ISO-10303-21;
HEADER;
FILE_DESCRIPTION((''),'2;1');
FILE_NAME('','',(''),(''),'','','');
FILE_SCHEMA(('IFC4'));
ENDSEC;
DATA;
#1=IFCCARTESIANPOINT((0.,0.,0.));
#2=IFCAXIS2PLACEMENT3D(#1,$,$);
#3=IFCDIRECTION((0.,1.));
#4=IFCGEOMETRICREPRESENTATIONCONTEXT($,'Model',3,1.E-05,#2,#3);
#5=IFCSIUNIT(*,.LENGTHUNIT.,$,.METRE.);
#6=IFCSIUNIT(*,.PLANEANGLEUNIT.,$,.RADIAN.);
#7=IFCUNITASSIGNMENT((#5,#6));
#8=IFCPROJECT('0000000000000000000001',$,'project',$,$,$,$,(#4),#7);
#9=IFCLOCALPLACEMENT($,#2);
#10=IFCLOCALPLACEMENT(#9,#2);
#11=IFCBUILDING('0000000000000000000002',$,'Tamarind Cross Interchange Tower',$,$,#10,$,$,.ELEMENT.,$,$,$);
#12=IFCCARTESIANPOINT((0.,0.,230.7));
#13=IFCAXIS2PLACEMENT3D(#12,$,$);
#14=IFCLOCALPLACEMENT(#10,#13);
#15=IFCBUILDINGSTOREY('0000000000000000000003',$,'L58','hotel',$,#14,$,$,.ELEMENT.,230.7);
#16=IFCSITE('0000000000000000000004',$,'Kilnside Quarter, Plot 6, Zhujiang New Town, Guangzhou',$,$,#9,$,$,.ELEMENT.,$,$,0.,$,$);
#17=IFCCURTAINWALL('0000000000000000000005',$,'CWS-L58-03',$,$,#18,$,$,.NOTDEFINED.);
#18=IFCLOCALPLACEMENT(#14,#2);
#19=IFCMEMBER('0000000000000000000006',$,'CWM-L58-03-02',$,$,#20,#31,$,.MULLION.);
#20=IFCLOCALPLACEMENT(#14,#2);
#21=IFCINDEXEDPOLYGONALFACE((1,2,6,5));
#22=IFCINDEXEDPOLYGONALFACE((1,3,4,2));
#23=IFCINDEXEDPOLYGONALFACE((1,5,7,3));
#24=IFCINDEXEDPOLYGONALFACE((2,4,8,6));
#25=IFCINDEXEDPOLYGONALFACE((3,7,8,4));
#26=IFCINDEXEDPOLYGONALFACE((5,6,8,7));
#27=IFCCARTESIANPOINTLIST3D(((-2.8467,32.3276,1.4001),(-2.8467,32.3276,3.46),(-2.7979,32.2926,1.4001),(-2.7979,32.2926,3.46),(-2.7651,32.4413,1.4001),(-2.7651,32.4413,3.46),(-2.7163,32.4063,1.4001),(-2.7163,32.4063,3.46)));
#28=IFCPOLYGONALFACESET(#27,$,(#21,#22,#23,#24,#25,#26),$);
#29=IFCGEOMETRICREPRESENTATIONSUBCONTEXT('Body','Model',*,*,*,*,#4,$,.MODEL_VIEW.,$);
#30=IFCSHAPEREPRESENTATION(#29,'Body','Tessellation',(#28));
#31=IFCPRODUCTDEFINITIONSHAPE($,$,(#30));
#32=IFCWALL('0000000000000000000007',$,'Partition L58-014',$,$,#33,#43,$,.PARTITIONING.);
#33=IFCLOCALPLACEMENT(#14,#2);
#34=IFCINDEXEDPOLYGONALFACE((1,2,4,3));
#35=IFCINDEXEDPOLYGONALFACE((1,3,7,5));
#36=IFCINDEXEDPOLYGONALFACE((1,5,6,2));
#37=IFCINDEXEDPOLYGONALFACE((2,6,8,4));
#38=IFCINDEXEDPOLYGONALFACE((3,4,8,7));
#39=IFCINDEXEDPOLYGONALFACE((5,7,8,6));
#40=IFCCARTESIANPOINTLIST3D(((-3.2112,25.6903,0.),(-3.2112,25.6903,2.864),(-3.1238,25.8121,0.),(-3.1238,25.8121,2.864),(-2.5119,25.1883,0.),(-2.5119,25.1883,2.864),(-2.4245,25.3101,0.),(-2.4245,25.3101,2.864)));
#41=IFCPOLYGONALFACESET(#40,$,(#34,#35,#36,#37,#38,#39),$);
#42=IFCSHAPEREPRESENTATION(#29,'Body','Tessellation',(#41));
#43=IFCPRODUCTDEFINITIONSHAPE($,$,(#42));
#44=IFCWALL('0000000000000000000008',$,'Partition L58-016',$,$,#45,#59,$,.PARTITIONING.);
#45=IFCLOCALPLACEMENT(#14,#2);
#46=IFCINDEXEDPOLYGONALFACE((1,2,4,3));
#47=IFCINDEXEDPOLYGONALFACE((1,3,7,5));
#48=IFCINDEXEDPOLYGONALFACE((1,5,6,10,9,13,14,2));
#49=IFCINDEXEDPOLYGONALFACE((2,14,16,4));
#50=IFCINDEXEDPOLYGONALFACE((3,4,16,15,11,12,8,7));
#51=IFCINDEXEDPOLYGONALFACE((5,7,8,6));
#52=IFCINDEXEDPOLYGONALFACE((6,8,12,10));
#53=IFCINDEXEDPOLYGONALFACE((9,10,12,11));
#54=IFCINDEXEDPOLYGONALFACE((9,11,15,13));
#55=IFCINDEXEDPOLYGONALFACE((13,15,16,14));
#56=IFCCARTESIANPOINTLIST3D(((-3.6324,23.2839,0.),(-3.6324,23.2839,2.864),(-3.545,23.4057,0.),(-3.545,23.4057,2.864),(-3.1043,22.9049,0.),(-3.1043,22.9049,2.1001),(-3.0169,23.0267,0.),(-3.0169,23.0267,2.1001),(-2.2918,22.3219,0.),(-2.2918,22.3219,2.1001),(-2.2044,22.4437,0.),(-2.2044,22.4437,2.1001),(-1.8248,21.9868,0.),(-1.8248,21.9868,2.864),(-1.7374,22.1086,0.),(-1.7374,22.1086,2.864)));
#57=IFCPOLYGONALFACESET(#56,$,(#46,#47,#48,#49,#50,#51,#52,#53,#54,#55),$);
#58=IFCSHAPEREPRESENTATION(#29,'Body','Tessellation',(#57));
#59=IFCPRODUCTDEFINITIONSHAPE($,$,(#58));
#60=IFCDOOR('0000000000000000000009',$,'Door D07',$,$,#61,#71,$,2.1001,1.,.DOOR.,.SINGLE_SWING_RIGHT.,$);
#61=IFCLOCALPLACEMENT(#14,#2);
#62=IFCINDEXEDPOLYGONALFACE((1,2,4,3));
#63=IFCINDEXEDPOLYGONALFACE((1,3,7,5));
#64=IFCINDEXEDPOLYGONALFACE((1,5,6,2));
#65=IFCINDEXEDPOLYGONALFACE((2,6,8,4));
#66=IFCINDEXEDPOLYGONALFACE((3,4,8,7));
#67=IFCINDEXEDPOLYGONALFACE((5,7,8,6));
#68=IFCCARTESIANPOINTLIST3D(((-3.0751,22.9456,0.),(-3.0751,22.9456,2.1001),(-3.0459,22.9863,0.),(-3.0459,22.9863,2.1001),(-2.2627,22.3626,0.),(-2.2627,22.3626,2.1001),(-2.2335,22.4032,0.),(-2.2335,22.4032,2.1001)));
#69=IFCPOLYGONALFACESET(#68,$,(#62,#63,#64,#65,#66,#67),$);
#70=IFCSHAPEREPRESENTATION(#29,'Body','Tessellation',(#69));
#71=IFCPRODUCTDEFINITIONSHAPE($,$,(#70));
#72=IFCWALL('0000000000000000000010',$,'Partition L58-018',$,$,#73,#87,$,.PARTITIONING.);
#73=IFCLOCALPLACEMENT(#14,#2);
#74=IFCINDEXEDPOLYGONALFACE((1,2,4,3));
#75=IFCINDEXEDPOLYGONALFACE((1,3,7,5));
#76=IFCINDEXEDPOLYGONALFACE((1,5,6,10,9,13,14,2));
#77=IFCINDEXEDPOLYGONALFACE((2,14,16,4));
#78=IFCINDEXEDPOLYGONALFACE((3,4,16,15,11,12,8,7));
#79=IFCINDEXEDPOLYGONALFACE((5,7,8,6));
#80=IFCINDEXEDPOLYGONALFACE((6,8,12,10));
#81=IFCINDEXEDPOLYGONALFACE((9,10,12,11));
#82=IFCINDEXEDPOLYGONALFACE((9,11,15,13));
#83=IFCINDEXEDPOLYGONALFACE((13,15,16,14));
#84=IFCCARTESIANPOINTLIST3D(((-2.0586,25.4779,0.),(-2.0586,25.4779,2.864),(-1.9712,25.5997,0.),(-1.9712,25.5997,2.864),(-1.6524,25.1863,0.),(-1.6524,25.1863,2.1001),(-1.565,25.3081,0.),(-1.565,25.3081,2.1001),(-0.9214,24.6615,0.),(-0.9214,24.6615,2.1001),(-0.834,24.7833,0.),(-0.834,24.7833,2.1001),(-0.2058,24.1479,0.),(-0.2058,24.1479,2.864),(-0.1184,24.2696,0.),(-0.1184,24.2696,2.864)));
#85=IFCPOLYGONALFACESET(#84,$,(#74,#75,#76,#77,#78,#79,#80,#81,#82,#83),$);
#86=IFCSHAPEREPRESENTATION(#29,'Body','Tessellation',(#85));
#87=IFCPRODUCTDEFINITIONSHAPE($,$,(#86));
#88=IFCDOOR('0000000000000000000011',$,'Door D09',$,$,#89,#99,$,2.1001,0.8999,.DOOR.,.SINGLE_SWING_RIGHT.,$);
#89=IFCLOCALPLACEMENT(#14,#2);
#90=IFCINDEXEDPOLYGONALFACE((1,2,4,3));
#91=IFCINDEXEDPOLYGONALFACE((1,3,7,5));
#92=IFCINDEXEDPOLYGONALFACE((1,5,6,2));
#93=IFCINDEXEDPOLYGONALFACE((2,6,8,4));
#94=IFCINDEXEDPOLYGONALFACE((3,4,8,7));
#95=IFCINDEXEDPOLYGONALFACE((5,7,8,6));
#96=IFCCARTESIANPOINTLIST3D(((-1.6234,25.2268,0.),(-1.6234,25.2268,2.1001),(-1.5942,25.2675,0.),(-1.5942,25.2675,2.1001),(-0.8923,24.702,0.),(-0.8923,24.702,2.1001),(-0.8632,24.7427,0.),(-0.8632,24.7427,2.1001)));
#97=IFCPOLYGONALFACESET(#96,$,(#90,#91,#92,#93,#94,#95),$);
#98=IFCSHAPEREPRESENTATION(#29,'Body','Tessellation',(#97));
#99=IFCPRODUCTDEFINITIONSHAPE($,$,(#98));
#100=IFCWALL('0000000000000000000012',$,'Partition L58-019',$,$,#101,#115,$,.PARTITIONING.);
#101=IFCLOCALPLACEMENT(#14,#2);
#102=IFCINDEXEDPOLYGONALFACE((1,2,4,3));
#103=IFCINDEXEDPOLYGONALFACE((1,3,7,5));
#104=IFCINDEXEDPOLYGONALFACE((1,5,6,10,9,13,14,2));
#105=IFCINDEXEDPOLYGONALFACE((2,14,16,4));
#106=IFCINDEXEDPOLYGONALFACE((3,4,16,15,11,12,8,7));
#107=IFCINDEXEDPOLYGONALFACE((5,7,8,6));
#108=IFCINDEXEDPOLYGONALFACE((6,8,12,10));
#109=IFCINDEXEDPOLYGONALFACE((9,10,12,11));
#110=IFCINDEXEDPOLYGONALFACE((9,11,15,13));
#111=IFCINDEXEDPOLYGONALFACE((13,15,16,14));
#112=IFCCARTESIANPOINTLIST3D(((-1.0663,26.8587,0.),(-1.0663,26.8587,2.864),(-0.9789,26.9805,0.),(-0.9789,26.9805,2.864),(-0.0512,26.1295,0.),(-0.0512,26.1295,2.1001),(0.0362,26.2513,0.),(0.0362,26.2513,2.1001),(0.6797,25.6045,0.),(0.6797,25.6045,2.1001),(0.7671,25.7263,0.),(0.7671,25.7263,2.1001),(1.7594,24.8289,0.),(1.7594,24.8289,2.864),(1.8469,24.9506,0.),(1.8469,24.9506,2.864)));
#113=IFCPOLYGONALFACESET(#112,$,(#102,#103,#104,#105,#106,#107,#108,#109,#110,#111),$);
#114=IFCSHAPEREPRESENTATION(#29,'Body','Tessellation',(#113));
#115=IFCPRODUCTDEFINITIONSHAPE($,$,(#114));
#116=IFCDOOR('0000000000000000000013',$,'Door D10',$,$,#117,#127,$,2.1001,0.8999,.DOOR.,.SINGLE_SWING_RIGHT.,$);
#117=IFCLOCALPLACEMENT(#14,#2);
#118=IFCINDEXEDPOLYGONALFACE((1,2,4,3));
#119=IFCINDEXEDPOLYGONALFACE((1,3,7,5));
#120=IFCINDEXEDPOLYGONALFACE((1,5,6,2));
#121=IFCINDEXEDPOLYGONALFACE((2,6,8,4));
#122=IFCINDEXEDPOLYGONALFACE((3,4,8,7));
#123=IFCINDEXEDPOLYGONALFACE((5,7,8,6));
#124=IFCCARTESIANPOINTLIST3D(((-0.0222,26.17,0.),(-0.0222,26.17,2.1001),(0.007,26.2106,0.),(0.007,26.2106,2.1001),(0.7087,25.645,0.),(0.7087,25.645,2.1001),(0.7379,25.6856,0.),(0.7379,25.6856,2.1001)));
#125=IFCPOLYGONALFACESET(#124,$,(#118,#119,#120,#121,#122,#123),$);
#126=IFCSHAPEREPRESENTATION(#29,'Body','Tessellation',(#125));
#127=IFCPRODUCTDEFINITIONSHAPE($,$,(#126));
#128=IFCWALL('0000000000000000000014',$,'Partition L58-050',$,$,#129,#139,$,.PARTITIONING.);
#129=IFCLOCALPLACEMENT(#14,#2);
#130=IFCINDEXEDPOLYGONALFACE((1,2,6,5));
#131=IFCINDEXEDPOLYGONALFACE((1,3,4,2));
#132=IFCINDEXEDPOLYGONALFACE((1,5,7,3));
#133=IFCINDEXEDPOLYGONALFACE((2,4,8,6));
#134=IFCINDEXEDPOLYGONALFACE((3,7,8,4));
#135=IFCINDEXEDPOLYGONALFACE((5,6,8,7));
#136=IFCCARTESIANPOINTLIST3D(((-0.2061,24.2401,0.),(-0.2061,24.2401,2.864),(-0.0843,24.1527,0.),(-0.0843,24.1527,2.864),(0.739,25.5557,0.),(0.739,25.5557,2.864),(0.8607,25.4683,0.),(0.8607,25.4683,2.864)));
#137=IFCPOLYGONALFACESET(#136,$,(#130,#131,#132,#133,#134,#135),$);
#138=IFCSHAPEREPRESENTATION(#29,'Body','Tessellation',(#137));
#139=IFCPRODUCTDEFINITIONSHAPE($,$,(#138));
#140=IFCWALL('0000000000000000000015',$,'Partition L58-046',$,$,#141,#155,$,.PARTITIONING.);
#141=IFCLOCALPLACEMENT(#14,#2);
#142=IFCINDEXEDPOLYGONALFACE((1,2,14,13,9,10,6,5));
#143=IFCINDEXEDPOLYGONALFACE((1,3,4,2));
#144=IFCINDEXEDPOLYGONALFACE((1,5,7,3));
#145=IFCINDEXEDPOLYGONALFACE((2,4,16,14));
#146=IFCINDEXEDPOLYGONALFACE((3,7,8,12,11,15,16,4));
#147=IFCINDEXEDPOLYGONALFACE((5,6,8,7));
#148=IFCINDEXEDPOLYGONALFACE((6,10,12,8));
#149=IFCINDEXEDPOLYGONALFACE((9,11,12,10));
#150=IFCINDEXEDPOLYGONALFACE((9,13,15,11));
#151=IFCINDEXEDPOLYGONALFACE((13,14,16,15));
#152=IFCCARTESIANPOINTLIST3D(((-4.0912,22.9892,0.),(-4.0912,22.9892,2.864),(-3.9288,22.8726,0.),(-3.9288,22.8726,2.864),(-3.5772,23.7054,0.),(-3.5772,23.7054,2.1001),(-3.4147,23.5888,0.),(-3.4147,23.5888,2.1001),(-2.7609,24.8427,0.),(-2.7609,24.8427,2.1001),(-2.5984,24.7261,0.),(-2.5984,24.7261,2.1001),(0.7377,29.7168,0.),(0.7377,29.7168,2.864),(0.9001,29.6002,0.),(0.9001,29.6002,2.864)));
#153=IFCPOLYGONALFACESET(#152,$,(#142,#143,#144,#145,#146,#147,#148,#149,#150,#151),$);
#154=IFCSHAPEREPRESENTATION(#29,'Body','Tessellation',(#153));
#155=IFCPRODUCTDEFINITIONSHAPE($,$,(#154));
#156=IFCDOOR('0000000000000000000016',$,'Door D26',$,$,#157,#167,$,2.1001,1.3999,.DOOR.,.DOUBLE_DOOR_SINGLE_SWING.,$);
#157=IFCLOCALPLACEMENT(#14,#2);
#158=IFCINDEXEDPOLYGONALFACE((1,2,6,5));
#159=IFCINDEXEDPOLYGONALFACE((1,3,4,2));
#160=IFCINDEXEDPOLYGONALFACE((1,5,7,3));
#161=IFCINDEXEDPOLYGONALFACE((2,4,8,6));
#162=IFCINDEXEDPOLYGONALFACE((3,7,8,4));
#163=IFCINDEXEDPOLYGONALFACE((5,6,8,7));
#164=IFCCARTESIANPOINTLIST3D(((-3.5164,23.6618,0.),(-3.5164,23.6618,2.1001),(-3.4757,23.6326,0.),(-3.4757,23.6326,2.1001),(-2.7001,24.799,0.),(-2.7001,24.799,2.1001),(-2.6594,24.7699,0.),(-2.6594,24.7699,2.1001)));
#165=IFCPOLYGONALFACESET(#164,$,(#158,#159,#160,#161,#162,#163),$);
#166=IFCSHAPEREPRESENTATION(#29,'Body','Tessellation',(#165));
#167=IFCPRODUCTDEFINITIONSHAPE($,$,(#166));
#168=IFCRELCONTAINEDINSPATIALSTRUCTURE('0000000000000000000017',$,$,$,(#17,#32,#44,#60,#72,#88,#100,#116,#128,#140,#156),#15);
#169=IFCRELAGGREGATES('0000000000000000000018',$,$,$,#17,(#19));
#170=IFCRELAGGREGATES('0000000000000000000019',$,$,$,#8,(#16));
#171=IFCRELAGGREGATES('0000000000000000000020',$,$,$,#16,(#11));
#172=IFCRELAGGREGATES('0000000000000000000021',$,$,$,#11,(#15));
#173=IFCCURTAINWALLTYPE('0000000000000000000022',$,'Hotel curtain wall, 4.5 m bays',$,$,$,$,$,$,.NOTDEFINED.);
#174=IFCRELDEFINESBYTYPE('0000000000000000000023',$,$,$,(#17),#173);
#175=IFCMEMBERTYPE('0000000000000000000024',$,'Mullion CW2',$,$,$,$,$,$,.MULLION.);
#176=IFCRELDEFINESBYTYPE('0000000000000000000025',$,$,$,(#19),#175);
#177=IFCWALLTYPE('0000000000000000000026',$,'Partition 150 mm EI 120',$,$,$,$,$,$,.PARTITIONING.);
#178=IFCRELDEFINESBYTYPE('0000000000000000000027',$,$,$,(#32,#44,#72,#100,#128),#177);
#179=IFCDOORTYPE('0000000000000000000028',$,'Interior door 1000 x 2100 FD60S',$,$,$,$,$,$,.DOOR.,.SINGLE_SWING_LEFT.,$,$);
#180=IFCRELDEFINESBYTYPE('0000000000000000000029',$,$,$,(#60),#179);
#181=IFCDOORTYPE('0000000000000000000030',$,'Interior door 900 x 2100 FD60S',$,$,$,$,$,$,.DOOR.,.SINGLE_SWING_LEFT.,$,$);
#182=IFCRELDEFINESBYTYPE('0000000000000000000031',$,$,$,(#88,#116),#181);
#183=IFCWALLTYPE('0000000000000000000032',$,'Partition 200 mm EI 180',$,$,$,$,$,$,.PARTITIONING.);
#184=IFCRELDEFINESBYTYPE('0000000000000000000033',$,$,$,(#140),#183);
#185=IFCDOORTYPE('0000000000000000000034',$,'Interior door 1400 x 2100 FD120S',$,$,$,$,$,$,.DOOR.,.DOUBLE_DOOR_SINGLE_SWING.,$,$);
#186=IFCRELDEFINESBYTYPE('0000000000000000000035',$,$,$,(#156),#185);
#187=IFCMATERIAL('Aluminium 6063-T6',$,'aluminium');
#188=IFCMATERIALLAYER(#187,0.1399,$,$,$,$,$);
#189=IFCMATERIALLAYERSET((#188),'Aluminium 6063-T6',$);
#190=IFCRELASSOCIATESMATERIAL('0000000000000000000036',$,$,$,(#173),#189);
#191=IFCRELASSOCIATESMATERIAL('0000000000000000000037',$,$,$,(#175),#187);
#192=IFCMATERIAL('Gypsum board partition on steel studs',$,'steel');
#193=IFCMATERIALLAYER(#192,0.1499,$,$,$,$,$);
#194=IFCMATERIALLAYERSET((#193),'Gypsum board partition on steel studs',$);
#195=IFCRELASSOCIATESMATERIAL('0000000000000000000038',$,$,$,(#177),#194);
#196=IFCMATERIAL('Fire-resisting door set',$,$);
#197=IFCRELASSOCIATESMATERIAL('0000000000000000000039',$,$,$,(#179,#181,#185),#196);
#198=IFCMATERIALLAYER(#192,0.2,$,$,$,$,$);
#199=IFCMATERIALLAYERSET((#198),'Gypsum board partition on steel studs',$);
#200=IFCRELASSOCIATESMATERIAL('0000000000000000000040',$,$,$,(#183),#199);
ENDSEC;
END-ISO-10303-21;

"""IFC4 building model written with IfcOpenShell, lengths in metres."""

from ifc_helpers import new_model, si_unit, direction, frame, frame_2d, origin, origin_2d, place, context, subcontext, project, spatial, rectangle, extrude, material, layer, layer_set, material_profile, profile_set, type_object, element, fill, aggregate, save


model = new_model("IFC4")

# Units and contexts
model_context = context("Model", 3, precision=1e-05, world=origin(), true_north=direction((0.0, 1.0)))
body_context = subcontext(model_context, "Body", "Model", "MODEL_VIEW")
ifc_project = project(units=[si_unit("LENGTHUNIT", "METRE"), si_unit("PLANEANGLEUNIT", "RADIAN")], contexts=[model_context])

# Site, building, storey
site_placement = place(None, origin())
site = spatial("IfcSite", under=ifc_project, at=site_placement, Name="Kilnside Quarter, Plot 6, Zhujiang New Town, Guangzhou", CompositionType="ELEMENT", RefElevation=0.0)
building_placement = place(site_placement, origin())
building = spatial("IfcBuilding", under=site, at=building_placement, Name="Tamarind Cross Interchange Tower", CompositionType="ELEMENT")
storey_placement = place(building_placement, frame((0.0, 0.0, 230.7)))
storey = spatial("IfcBuildingStorey", under=building, at=storey_placement, Name="L58", Description="hotel", CompositionType="ELEMENT", Elevation=230.7)

# Curtain wall, member
ifc_material_1 = material(Name="Aluminium 6063-T6", Category="aluminium")
ifc_layer_1 = layer(ifc_material_1, 0.1399)
ifc_layer_set_1 = layer_set([ifc_layer_1], Name="Aluminium 6063-T6")
curtain_wall_type = type_object("IfcCurtainWallType", Name="Hotel curtain wall, 4.5 m bays", PredefinedType="NOTDEFINED", material=ifc_layer_set_1)
curtain_wall_placement = place(storey_placement, origin())
curtain_wall = element("IfcCurtainWall", 1, at=curtain_wall_placement, inside=storey, type_object=curtain_wall_type, Name="CWS-L58-03", PredefinedType="NOTDEFINED")
ifc_material_profile_1 = material_profile(ifc_material_1, rectangle(XDim=0.0601, YDim=0.1399, at=origin_2d()), Name="Mullion CW2")
ifc_profile_set_1 = profile_set([ifc_material_profile_1], Name="Aluminium 6063-T6")
member_type = type_object("IfcMemberType", Name="Mullion CW2", PredefinedType="MULLION", material=ifc_profile_set_1)
member_placement = place(storey_placement, frame((-2.7815, 32.3669, 1.4001), z_axis=(0.0, 0.0, 1.0), x_axis=(-0.812385, 0.583122, 0.0)))
member = element("IfcMember", 2, at=member_placement, type_object=member_type, Name="CWM-L58-03-02", PredefinedType="MULLION", context=body_context, shape_type="SweptSolid", body=[
    extrude(rectangle(XDim=0.0601, YDim=0.1399, at=origin_2d()), origin(), (0.0, 0.0, 1.0), 2.0598),
])
aggregate(curtain_wall, [member])

# Wall
ifc_material_2 = material(Name="Gypsum board partition on steel studs", Category="steel")
ifc_layer_2 = layer(ifc_material_2, 0.1499)
ifc_layer_set_2 = layer_set([ifc_layer_2], Name="Gypsum board partition on steel studs")
wall_type_1 = type_object("IfcWallType", Name="Partition 150 mm EI 120", PredefinedType="PARTITIONING", material=ifc_layer_set_2)
wall_1_placement = place(storey_placement, frame((-3.1675, 25.7512, 0.0), z_axis=(0.0, 0.0, 1.0), x_axis=(0.812351, -0.583168, 0.0)))
element("IfcWall", 3, at=wall_1_placement, inside=storey, type_object=wall_type_1, Name="Partition L58-014", PredefinedType="PARTITIONING", context=body_context, shape_type="SweptSolid", body=[
    extrude(rectangle(XDim=0.8608, YDim=0.1499, at=frame_2d((0.4304, 0.0))), origin(), (0.0, 0.0, 1.0), 2.864),
])

# Walls, openings, doors
wall_2_placement = place(storey_placement, frame((-3.5886, 23.3447, 0.0), z_axis=(0.0, 0.0, 1.0), x_axis=(0.812464, -0.583012, 0.0)))
wall_2 = element("IfcWall", 4, at=wall_2_placement, inside=storey, type_object=wall_type_1, Name="Partition L58-016", PredefinedType="PARTITIONING", context=body_context, shape_type="SweptSolid", body=[
    extrude(rectangle(XDim=2.2249, YDim=0.1499, at=frame_2d((1.1123, 0.0))), origin(), (0.0, 0.0, 1.0), 2.864),
])
opening_1_placement = place(wall_2_placement, frame((0.6499, 0.0, 0.0)))
opening_1 = element("IfcOpeningElement", 5, at=opening_1_placement, cuts=wall_2, PredefinedType="OPENING", context=body_context, shape_type="SweptSolid", body=[
    extrude(rectangle(XDim=1.0, YDim=2.1001, at=frame_2d((0.5, 1.05))), frame((0.0, 0.085, 0.0), z_axis=(0.0, -1.0, 0.0), x_axis=(1.0, 0.0, 0.0)), (0.0, 0.0, 1.0), 0.1699),
])
ifc_material_3 = material(Name="Fire-resisting door set")
door_type_1 = type_object("IfcDoorType", Name="Interior door 1000 x 2100 FD60S", OperationType="SINGLE_SWING_LEFT", PredefinedType="DOOR", material=ifc_material_3)
door_1_placement = place(opening_1_placement, frame((1.0, 0.0, 0.0), z_axis=(0.0, 0.0, 1.0), x_axis=(-1.0, 0.0, 0.0)))
door_1 = element("IfcDoor", 6, at=door_1_placement, inside=storey, type_object=door_type_1, Name="Door D07", OperationType="SINGLE_SWING_RIGHT", OverallHeight=2.1001, OverallWidth=1.0, PredefinedType="DOOR", context=body_context, shape_type="SweptSolid", body=[
    extrude(rectangle(XDim=1.0, YDim=2.1001, at=frame_2d((0.5, 1.05))), frame((0.0, 0.0249, 0.0), z_axis=(0.0, -1.0, 0.0), x_axis=(1.0, 0.0, 0.0)), (0.0, 0.0, 1.0), 0.05),
])
fill(opening_1, door_1)
wall_3_placement = place(storey_placement, frame((-2.0149, 25.5388, 0.0), z_axis=(0.0, 0.0, 1.0), x_axis=(0.81235, -0.583171, 0.0)))
wall_3 = element("IfcWall", 7, at=wall_3_placement, inside=storey, type_object=wall_type_1, Name="Partition L58-018", PredefinedType="PARTITIONING", context=body_context, shape_type="SweptSolid", body=[
    extrude(rectangle(XDim=2.2808, YDim=0.1499, at=frame_2d((1.1404, 0.0))), origin(), (0.0, 0.0, 1.0), 2.864),
])
opening_2_placement = place(wall_3_placement, frame((0.5, 0.0, 0.0)))
opening_2 = element("IfcOpeningElement", 8, at=opening_2_placement, cuts=wall_3, PredefinedType="OPENING", context=body_context, shape_type="SweptSolid", body=[
    extrude(rectangle(XDim=0.8999, YDim=2.1001, at=frame_2d((0.45, 1.05))), frame((0.0, 0.085, 0.0), z_axis=(0.0, -1.0, 0.0), x_axis=(1.0, 0.0, 0.0)), (0.0, 0.0, 1.0), 0.1699),
])
door_type_2 = type_object("IfcDoorType", Name="Interior door 900 x 2100 FD60S", OperationType="SINGLE_SWING_LEFT", PredefinedType="DOOR", material=ifc_material_3)
door_2_placement = place(opening_2_placement, origin())
door_2 = element("IfcDoor", 9, at=door_2_placement, inside=storey, type_object=door_type_2, Name="Door D09", OperationType="SINGLE_SWING_RIGHT", OverallHeight=2.1001, OverallWidth=0.8999, PredefinedType="DOOR", context=body_context, shape_type="SweptSolid", body=[
    extrude(rectangle(XDim=0.8999, YDim=2.1001, at=frame_2d((0.45, 1.05))), frame((0.0, 0.0249, 0.0), z_axis=(0.0, -1.0, 0.0), x_axis=(1.0, 0.0, 0.0)), (0.0, 0.0, 1.0), 0.05),
])
fill(opening_2, door_2)
wall_4_placement = place(storey_placement, frame((-1.0227, 26.9197, 0.0), z_axis=(0.0, 0.0, 1.0), x_axis=(0.812175, -0.583413, 0.0)))
wall_4 = element("IfcWall", 10, at=wall_4_placement, inside=storey, type_object=wall_type_1, Name="Partition L58-019", PredefinedType="PARTITIONING", context=body_context, shape_type="SweptSolid", body=[
    extrude(rectangle(XDim=3.4792, YDim=0.1499, at=frame_2d((1.7397, 0.0))), origin(), (0.0, 0.0, 1.0), 2.864),
])
opening_3_placement = place(wall_4_placement, frame((1.25, 0.0, 0.0)))
opening_3 = element("IfcOpeningElement", 11, at=opening_3_placement, cuts=wall_4, PredefinedType="OPENING", context=body_context, shape_type="SweptSolid", body=[
    extrude(rectangle(XDim=0.8999, YDim=2.1001, at=frame_2d((0.45, 1.05))), frame((0.0, 0.085, 0.0), z_axis=(0.0, -1.0, 0.0), x_axis=(1.0, 0.0, 0.0)), (0.0, 0.0, 1.0), 0.1699),
])
door_3_placement = place(opening_3_placement, origin())
door_3 = element("IfcDoor", 12, at=door_3_placement, inside=storey, type_object=door_type_2, Name="Door D10", OperationType="SINGLE_SWING_RIGHT", OverallHeight=2.1001, OverallWidth=0.8999, PredefinedType="DOOR", context=body_context, shape_type="SweptSolid", body=[
    extrude(rectangle(XDim=0.8999, YDim=2.1001, at=frame_2d((0.45, 1.05))), frame((0.0, 0.0249, 0.0), z_axis=(0.0, -1.0, 0.0), x_axis=(1.0, 0.0, 0.0)), (0.0, 0.0, 1.0), 0.05),
])
fill(opening_3, door_3)

# Wall
wall_5_placement = place(storey_placement, frame((-0.1453, 24.1963, 0.0), z_axis=(0.0, 0.0, 1.0), x_axis=(0.583403, 0.812183, 0.0)))
element("IfcWall", 13, at=wall_5_placement, inside=storey, type_object=wall_type_1, Name="Partition L58-050", PredefinedType="PARTITIONING", context=body_context, shape_type="SweptSolid", body=[
    extrude(rectangle(XDim=1.6199, YDim=0.1499, at=frame_2d((0.8101, 0.0))), origin(), (0.0, 0.0, 1.0), 2.864),
])

# Wall, opening, door
ifc_layer_3 = layer(ifc_material_2, 0.2)
ifc_layer_set_3 = layer_set([ifc_layer_3], Name="Gypsum board partition on steel studs")
wall_type_2 = type_object("IfcWallType", Name="Partition 200 mm EI 180", PredefinedType="PARTITIONING", material=ifc_layer_set_3)
wall_6_placement = place(storey_placement, frame((-4.01, 22.9309, 0.0), z_axis=(0.0, 0.0, 1.0), x_axis=(0.583114, 0.812391, 0.0)))
wall_6 = element("IfcWall", 14, at=wall_6_placement, inside=storey, type_object=wall_type_2, Name="Partition L58-046", PredefinedType="PARTITIONING", context=body_context, shape_type="SweptSolid", body=[
    extrude(rectangle(XDim=8.2812, YDim=0.2, at=frame_2d((4.1406, 0.0))), origin(), (0.0, 0.0, 1.0), 2.864),
])
opening_4_placement = place(wall_6_placement, frame((0.8816, 0.0, 0.0)))
opening_4 = element("IfcOpeningElement", 15, at=opening_4_placement, cuts=wall_6, PredefinedType="OPENING", context=body_context, shape_type="SweptSolid", body=[
    extrude(rectangle(XDim=1.3999, YDim=2.1001, at=frame_2d((0.7, 1.05))), frame((0.0, 0.1099, 0.0), z_axis=(0.0, -1.0, 0.0), x_axis=(1.0, 0.0, 0.0)), (0.0, 0.0, 1.0), 0.22),
])
door_type_3 = type_object("IfcDoorType", Name="Interior door 1400 x 2100 FD120S", OperationType="DOUBLE_DOOR_SINGLE_SWING", PredefinedType="DOOR", material=ifc_material_3)
door_4_placement = place(opening_4_placement, frame((1.3999, 0.0, 0.0), z_axis=(0.0, 0.0, 1.0), x_axis=(-1.0, 0.0, 0.0)))
door_4 = element("IfcDoor", 16, at=door_4_placement, inside=storey, type_object=door_type_3, Name="Door D26", OperationType="DOUBLE_DOOR_SINGLE_SWING", OverallHeight=2.1001, OverallWidth=1.3999, PredefinedType="DOOR", context=body_context, shape_type="SweptSolid", body=[
    extrude(rectangle(XDim=1.3999, YDim=2.1001, at=frame_2d((0.7, 1.05))), frame((0.0, 0.0249, 0.0), z_axis=(0.0, -1.0, 0.0), x_axis=(1.0, 0.0, 0.0)), (0.0, 0.0, 1.0), 0.05),
])
fill(opening_4, door_4)

save(model, "model.ifc")
